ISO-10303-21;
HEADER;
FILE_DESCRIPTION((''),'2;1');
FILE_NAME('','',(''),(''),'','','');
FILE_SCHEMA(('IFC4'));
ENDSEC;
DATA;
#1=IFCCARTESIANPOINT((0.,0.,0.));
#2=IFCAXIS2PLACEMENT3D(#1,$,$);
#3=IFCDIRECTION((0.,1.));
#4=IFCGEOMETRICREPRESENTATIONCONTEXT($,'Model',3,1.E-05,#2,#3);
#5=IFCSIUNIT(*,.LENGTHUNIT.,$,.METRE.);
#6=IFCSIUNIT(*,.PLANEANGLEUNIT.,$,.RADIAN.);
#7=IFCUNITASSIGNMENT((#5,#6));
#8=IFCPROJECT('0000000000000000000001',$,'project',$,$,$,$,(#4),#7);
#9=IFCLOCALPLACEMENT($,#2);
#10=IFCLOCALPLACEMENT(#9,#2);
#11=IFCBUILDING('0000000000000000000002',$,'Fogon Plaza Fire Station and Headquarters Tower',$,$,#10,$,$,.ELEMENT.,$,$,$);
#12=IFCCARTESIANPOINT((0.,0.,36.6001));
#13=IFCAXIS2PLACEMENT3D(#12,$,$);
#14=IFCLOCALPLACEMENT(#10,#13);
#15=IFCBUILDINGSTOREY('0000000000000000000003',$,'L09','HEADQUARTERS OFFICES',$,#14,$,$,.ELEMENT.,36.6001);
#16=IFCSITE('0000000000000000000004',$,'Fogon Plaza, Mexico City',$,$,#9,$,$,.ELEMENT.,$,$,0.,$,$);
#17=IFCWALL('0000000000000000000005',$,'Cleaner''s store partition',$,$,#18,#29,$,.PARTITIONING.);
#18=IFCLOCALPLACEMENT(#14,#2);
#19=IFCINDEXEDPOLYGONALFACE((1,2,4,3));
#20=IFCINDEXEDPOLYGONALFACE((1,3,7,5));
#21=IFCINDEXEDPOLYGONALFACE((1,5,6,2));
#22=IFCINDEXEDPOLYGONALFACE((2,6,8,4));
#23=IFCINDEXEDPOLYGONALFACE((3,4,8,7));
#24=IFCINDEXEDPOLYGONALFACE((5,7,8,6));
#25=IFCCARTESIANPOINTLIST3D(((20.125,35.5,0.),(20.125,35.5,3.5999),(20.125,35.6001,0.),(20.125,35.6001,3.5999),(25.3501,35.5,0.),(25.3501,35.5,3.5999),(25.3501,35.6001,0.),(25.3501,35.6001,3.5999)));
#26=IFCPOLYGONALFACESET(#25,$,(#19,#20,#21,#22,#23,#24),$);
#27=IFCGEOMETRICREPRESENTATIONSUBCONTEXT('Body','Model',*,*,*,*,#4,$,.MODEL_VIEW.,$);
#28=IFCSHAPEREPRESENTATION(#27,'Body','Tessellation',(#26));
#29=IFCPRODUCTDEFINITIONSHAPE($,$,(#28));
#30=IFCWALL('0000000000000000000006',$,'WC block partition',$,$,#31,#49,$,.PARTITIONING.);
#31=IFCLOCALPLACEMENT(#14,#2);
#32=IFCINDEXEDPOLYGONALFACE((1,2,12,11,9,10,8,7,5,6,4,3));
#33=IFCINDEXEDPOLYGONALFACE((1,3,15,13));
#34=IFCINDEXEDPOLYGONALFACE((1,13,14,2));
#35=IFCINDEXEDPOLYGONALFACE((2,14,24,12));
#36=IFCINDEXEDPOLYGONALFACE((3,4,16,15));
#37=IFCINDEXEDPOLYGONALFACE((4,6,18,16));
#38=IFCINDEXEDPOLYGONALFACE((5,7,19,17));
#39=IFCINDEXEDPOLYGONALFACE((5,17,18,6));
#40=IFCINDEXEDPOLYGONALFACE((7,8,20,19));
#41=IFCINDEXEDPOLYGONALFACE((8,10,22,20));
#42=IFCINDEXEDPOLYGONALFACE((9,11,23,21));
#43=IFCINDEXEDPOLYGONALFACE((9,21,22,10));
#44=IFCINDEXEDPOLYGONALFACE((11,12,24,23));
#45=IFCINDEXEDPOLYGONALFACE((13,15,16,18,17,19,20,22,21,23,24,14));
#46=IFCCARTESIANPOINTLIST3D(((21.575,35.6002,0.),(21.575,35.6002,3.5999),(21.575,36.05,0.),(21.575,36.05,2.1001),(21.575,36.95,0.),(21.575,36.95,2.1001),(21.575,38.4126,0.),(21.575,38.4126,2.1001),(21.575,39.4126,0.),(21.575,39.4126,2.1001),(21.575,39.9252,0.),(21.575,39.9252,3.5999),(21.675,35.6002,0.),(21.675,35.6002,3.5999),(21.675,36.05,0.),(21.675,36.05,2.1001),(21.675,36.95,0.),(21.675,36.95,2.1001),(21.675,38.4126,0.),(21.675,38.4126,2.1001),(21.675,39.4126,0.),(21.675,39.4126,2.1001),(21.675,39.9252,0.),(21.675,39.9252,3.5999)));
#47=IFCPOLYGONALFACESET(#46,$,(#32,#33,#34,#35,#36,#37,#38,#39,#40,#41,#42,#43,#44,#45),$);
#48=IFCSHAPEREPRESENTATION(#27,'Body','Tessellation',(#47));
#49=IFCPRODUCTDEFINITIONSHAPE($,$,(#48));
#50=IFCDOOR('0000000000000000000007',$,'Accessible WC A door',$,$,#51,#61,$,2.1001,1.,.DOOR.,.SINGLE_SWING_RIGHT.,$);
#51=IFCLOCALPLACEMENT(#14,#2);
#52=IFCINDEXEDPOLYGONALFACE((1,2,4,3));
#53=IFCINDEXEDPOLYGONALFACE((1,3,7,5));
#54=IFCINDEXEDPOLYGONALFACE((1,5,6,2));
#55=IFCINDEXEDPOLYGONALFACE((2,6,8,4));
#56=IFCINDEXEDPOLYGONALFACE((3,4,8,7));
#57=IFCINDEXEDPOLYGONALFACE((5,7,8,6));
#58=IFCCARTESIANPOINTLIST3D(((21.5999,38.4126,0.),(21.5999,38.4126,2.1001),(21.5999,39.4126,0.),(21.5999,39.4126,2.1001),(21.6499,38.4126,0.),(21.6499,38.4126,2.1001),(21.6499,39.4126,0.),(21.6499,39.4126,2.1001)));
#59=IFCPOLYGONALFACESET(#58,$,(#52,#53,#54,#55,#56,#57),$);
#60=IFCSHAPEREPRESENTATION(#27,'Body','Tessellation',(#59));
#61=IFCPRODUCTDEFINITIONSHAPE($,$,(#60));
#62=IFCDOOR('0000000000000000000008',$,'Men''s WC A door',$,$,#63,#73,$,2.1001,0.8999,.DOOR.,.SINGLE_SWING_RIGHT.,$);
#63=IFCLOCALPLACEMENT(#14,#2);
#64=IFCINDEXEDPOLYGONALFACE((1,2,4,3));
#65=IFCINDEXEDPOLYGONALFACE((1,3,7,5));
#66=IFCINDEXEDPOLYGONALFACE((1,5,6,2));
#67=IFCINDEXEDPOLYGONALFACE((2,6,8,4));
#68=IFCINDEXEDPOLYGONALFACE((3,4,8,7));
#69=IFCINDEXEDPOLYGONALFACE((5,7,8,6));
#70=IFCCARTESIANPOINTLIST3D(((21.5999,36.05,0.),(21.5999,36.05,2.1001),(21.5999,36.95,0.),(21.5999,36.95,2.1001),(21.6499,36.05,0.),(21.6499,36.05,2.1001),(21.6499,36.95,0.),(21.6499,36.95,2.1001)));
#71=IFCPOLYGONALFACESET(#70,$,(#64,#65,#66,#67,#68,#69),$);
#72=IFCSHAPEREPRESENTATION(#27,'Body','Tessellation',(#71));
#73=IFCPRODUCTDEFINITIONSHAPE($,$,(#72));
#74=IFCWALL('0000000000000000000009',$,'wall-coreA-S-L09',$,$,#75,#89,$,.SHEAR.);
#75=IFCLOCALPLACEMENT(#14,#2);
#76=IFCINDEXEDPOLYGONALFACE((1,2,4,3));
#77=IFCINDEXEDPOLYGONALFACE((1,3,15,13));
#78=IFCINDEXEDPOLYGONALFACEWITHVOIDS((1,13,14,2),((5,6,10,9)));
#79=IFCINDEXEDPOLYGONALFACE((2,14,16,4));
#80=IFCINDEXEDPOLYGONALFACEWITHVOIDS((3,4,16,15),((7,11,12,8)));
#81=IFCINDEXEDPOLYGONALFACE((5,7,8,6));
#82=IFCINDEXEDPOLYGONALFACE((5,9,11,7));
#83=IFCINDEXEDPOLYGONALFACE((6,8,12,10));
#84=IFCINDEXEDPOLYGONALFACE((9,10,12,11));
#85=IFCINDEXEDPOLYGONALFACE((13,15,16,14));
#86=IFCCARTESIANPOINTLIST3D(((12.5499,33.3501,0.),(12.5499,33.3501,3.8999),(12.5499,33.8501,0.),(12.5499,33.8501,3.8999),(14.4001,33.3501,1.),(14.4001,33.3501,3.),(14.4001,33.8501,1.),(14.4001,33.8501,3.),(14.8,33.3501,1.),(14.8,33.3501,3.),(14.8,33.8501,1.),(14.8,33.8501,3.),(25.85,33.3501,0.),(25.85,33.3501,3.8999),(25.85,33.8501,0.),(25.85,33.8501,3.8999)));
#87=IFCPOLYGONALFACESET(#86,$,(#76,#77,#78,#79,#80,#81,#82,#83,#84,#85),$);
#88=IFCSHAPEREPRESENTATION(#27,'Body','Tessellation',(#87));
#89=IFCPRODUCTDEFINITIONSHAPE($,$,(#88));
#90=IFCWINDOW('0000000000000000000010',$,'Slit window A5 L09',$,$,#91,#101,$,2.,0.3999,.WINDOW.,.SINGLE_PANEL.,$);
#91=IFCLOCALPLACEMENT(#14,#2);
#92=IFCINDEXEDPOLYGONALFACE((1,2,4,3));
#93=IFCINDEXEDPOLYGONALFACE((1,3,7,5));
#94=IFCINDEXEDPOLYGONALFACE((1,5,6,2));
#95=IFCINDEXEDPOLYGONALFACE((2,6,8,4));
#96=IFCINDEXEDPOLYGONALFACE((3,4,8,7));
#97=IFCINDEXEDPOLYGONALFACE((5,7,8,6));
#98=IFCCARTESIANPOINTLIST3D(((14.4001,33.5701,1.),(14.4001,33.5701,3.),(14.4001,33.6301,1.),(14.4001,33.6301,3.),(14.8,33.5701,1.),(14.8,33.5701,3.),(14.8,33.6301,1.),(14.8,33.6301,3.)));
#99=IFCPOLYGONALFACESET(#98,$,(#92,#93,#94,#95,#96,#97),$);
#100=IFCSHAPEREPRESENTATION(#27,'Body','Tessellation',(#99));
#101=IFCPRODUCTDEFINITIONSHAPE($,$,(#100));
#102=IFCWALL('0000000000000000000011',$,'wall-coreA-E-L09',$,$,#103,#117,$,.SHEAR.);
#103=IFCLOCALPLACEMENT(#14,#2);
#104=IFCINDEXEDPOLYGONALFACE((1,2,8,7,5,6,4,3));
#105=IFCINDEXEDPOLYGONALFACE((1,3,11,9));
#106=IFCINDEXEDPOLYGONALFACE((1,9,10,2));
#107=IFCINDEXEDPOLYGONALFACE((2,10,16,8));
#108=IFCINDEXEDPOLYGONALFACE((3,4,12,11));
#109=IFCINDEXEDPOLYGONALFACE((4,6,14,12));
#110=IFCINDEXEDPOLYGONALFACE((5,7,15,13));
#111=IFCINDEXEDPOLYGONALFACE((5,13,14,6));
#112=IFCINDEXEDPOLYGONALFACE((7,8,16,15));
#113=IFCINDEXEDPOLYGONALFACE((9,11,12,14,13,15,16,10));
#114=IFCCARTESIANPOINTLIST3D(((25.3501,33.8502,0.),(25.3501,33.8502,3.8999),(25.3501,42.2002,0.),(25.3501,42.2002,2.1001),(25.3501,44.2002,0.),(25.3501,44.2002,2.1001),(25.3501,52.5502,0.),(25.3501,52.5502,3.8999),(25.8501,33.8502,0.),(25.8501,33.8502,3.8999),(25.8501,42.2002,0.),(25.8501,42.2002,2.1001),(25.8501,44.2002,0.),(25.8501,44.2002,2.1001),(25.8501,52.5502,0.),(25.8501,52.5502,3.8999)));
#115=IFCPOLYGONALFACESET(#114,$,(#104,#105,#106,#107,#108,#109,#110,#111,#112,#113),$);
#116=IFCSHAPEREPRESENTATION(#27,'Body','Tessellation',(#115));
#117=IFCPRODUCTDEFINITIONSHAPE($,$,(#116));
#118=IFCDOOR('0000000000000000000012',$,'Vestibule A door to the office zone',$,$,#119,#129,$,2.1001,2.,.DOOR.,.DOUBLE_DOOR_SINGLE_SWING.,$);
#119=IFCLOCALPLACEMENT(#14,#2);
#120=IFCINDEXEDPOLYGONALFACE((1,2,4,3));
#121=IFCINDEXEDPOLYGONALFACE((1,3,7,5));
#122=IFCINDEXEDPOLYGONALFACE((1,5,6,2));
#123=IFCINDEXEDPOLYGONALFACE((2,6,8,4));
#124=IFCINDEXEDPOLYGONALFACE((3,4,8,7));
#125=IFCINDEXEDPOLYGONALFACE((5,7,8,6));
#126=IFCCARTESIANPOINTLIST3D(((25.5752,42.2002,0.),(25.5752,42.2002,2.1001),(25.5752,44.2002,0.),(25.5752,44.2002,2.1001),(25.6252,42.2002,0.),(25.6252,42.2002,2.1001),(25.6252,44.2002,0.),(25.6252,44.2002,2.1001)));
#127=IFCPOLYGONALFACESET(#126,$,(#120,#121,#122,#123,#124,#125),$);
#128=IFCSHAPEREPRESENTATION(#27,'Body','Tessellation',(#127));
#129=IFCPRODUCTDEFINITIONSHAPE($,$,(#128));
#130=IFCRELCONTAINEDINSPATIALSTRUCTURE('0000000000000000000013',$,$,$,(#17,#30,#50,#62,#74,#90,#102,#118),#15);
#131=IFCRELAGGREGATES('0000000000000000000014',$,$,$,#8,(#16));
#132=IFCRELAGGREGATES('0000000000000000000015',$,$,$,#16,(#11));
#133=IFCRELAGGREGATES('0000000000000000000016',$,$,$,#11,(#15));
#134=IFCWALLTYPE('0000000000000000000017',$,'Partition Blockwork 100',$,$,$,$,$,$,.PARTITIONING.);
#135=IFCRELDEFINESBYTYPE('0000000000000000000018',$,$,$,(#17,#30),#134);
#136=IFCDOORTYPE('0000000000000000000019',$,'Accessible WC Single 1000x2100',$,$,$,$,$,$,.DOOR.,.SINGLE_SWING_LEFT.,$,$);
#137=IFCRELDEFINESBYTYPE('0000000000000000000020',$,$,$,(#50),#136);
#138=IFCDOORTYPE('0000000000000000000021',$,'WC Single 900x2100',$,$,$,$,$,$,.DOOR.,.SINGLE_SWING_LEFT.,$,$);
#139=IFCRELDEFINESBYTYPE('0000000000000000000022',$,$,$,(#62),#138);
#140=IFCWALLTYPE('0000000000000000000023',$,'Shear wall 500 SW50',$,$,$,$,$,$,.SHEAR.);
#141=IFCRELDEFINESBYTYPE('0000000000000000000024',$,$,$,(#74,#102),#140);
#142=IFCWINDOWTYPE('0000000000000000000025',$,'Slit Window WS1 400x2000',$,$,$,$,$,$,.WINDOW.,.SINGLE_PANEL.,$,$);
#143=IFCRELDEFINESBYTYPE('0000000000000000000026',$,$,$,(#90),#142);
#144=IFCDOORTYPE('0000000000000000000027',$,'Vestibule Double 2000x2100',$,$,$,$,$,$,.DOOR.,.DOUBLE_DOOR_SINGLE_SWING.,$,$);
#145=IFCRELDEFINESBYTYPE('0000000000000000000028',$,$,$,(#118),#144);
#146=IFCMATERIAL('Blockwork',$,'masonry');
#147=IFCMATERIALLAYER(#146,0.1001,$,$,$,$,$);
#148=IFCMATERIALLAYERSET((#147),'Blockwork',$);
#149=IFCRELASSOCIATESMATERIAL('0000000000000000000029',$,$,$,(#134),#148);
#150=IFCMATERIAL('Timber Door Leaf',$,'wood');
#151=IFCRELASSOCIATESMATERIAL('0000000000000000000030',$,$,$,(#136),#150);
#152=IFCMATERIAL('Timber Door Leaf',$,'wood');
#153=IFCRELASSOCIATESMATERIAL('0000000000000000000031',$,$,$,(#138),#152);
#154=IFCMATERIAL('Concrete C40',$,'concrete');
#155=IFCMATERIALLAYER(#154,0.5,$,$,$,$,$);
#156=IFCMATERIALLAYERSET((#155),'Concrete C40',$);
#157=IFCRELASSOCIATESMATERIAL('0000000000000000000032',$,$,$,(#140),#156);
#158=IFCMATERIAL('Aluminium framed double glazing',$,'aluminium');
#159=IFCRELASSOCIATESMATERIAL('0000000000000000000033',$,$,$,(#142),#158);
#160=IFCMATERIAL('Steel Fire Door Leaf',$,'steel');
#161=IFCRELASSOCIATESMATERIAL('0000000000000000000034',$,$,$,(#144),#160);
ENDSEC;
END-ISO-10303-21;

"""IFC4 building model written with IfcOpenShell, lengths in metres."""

from ifc_helpers import new_model, si_unit, direction, frame, frame_2d, origin, place, context, subcontext, project, spatial, rectangle, extrude, material, layer, layer_set, type_object, element, fill, save


model = new_model("IFC4")

# Units and contexts
model_context = context("Model", 3, precision=1e-05, world=origin(), true_north=direction((0.0, 1.0)))
body_context = subcontext(model_context, "Body", "Model", "MODEL_VIEW")
ifc_project = project(units=[si_unit("LENGTHUNIT", "METRE"), si_unit("PLANEANGLEUNIT", "RADIAN")], contexts=[model_context])

# Site, building, storey
site_placement = place(None, origin())
site = spatial("IfcSite", under=ifc_project, at=site_placement, Name="Fogon Plaza, Mexico City", CompositionType="ELEMENT", RefElevation=0.0)
building_placement = place(site_placement, origin())
building = spatial("IfcBuilding", under=site, at=building_placement, Name="Fogon Plaza Fire Station and Headquarters Tower", CompositionType="ELEMENT")
storey_placement = place(building_placement, frame((0.0, 0.0, 36.6001)))
storey = spatial("IfcBuildingStorey", under=building, at=storey_placement, Name="L09", Description="HEADQUARTERS OFFICES", CompositionType="ELEMENT", Elevation=36.6001)

# Wall
ifc_material_1 = material(Name="Blockwork", Category="masonry")
ifc_layer_1 = layer(ifc_material_1, 0.1001)
ifc_layer_set_1 = layer_set([ifc_layer_1], Name="Blockwork")
wall_type_1 = type_object("IfcWallType", Name="Partition Blockwork 100", PredefinedType="PARTITIONING", material=ifc_layer_set_1)
wall_1_placement = place(storey_placement, frame((20.125, 35.55, 0.0), z_axis=(0.0, 0.0, 1.0), x_axis=(1.0, 0.0, 0.0)))
element("IfcWall", 1, at=wall_1_placement, inside=storey, type_object=wall_type_1, Name="Cleaner's store partition", PredefinedType="PARTITIONING", context=body_context, shape_type="SweptSolid", body=[
    extrude(rectangle(XDim=5.2251, YDim=0.1001, at=frame_2d((2.6125, 0.0))), origin(), (0.0, 0.0, 1.0), 3.5999),
])

# Wall, openings, doors
wall_2_placement = place(storey_placement, frame((21.625, 35.6001, 0.0), z_axis=(0.0, 0.0, 1.0), x_axis=(0.0, 1.0, 0.0)))
wall_2 = element("IfcWall", 2, at=wall_2_placement, inside=storey, type_object=wall_type_1, Name="WC block partition", PredefinedType="PARTITIONING", context=body_context, shape_type="SweptSolid", body=[
    extrude(rectangle(XDim=4.325, YDim=0.1001, at=frame_2d((2.1626, 0.0))), origin(), (0.0, 0.0, 1.0), 3.5999),
])
opening_1_placement = place(wall_2_placement, frame((0.45, 0.0, 0.0)))
opening_1 = element("IfcOpeningElement", 3, at=opening_1_placement, cuts=wall_2, PredefinedType="OPENING", context=body_context, shape_type="SweptSolid", body=[
    extrude(rectangle(XDim=0.8999, YDim=2.1001, at=frame_2d((0.45, 1.05))), frame((0.0, 0.0601, 0.0), z_axis=(0.0, -1.0, 0.0), x_axis=(1.0, 0.0, 0.0)), (0.0, 0.0, 1.0), 0.1201),
])
opening_2_placement = place(wall_2_placement, frame((2.8125, 0.0, 0.0)))
opening_2 = element("IfcOpeningElement", 4, at=opening_2_placement, cuts=wall_2, PredefinedType="OPENING", context=body_context, shape_type="SweptSolid", body=[
    extrude(rectangle(XDim=1.0, YDim=2.1001, at=frame_2d((0.5, 1.05))), frame((0.0, 0.0601, 0.0), z_axis=(0.0, -1.0, 0.0), x_axis=(1.0, 0.0, 0.0)), (0.0, 0.0, 1.0), 0.1201),
])
ifc_material_2 = material(Name="Timber Door Leaf", Category="wood")
door_type_1 = type_object("IfcDoorType", Name="Accessible WC Single 1000x2100", OperationType="SINGLE_SWING_LEFT", PredefinedType="DOOR", material=ifc_material_2)
door_1_placement = place(opening_2_placement, frame((1.0, 0.0, 0.0), z_axis=(0.0, 0.0, 1.0), x_axis=(-1.0, 0.0, 0.0)))
door_1 = element("IfcDoor", 5, at=door_1_placement, inside=storey, type_object=door_type_1, Name="Accessible WC A door", OperationType="SINGLE_SWING_RIGHT", OverallHeight=2.1001, OverallWidth=1.0, PredefinedType="DOOR", context=body_context, shape_type="SweptSolid", body=[
    extrude(rectangle(XDim=1.0, YDim=2.1001, at=frame_2d((0.5, 1.05))), frame((0.0, 0.0249, 0.0), z_axis=(0.0, -1.0, 0.0), x_axis=(1.0, 0.0, 0.0)), (0.0, 0.0, 1.0), 0.05),
])
fill(opening_2, door_1)
ifc_material_3 = material(Name="Timber Door Leaf", Category="wood")
door_type_2 = type_object("IfcDoorType", Name="WC Single 900x2100", OperationType="SINGLE_SWING_LEFT", PredefinedType="DOOR", material=ifc_material_3)
door_2_placement = place(opening_1_placement, frame((0.8999, 0.0, 0.0), z_axis=(0.0, 0.0, 1.0), x_axis=(-1.0, 0.0, 0.0)))
door_2 = element("IfcDoor", 6, at=door_2_placement, inside=storey, type_object=door_type_2, Name="Men's WC A door", OperationType="SINGLE_SWING_RIGHT", OverallHeight=2.1001, OverallWidth=0.8999, PredefinedType="DOOR", context=body_context, shape_type="SweptSolid", body=[
    extrude(rectangle(XDim=0.8999, YDim=2.1001, at=frame_2d((0.45, 1.05))), frame((0.0, 0.0249, 0.0), z_axis=(0.0, -1.0, 0.0), x_axis=(1.0, 0.0, 0.0)), (0.0, 0.0, 1.0), 0.05),
])
fill(opening_1, door_2)

# Wall, opening, window
ifc_material_4 = material(Name="Concrete C40", Category="concrete")
ifc_layer_2 = layer(ifc_material_4, 0.5)
ifc_layer_set_2 = layer_set([ifc_layer_2], Name="Concrete C40")
wall_type_2 = type_object("IfcWallType", Name="Shear wall 500 SW50", PredefinedType="SHEAR", material=ifc_layer_set_2)
wall_3_placement = place(storey_placement, frame((12.55, 33.6001, 0.0), z_axis=(0.0, 0.0, 1.0), x_axis=(1.0, 0.0, 0.0)))
wall_3 = element("IfcWall", 7, at=wall_3_placement, inside=storey, type_object=wall_type_2, Name="wall-coreA-S-L09", PredefinedType="SHEAR", context=body_context, shape_type="SweptSolid", body=[
    extrude(rectangle(XDim=13.3, YDim=0.5, at=frame_2d((6.6499, 0.0))), origin(), (0.0, 0.0, 1.0), 3.8999),
])
opening_3_placement = place(wall_3_placement, frame((1.8501, 0.0, 1.0)))
opening_3 = element("IfcOpeningElement", 8, at=opening_3_placement, cuts=wall_3, PredefinedType="OPENING", context=body_context, shape_type="SweptSolid", body=[
    extrude(rectangle(XDim=0.3999, YDim=2.0, at=frame_2d((0.2, 1.0))), frame((0.0, 0.26, 0.0), z_axis=(0.0, -1.0, 0.0), x_axis=(1.0, 0.0, 0.0)), (0.0, 0.0, 1.0), 0.52),
])
ifc_material_5 = material(Name="Aluminium framed double glazing", Category="aluminium")
window_type = type_object("IfcWindowType", Name="Slit Window WS1 400x2000", PartitioningType="SINGLE_PANEL", PredefinedType="WINDOW", material=ifc_material_5)
window_1_placement = place(opening_3_placement, origin())
window_1 = element("IfcWindow", 9, at=window_1_placement, inside=storey, type_object=window_type, Name="Slit window A5 L09", OverallHeight=2.0, OverallWidth=0.3999, PartitioningType="SINGLE_PANEL", PredefinedType="WINDOW", context=body_context, shape_type="SweptSolid", body=[
    extrude(rectangle(XDim=0.3999, YDim=2.0, at=frame_2d((0.2, 1.0))), frame((0.0, 0.03, 0.0), z_axis=(0.0, -1.0, 0.0), x_axis=(1.0, 0.0, 0.0)), (0.0, 0.0, 1.0), 0.0601),
])
fill(opening_3, window_1)

# Wall, opening, door
wall_4_placement = place(storey_placement, frame((25.6001, 33.8501, 0.0), z_axis=(0.0, 0.0, 1.0), x_axis=(0.0, 1.0, 0.0)))
wall_4 = element("IfcWall", 10, at=wall_4_placement, inside=storey, type_object=wall_type_2, Name="wall-coreA-E-L09", PredefinedType="SHEAR", context=body_context, shape_type="SweptSolid", body=[
    extrude(rectangle(XDim=18.7, YDim=0.5, at=frame_2d((9.3501, 0.0))), origin(), (0.0, 0.0, 1.0), 3.8999),
])
opening_4_placement = place(wall_4_placement, frame((8.3501, 0.0, 0.0)))
opening_4 = element("IfcOpeningElement", 11, at=opening_4_placement, cuts=wall_4, PredefinedType="OPENING", context=body_context, shape_type="SweptSolid", body=[
    extrude(rectangle(XDim=2.0, YDim=2.1001, at=frame_2d((1.0, 1.05))), frame((0.0, 0.26, 0.0), z_axis=(0.0, -1.0, 0.0), x_axis=(1.0, 0.0, 0.0)), (0.0, 0.0, 1.0), 0.52),
])
ifc_material_6 = material(Name="Steel Fire Door Leaf", Category="steel")
door_type_3 = type_object("IfcDoorType", Name="Vestibule Double 2000x2100", OperationType="DOUBLE_DOOR_SINGLE_SWING", PredefinedType="DOOR", material=ifc_material_6)
door_3_placement = place(opening_4_placement, origin())
door_3 = element("IfcDoor", 12, at=door_3_placement, inside=storey, type_object=door_type_3, Name="Vestibule A door to the office zone", OperationType="DOUBLE_DOOR_SINGLE_SWING", OverallHeight=2.1001, OverallWidth=2.0, PredefinedType="DOOR", context=body_context, shape_type="SweptSolid", body=[
    extrude(rectangle(XDim=2.0, YDim=2.1001, at=frame_2d((1.0, 1.05))), frame((0.0, 0.0249, 0.0), z_axis=(0.0, -1.0, 0.0), x_axis=(1.0, 0.0, 0.0)), (0.0, 0.0, 1.0), 0.05),
])
fill(opening_4, door_3)

save(model, "model.ifc")
